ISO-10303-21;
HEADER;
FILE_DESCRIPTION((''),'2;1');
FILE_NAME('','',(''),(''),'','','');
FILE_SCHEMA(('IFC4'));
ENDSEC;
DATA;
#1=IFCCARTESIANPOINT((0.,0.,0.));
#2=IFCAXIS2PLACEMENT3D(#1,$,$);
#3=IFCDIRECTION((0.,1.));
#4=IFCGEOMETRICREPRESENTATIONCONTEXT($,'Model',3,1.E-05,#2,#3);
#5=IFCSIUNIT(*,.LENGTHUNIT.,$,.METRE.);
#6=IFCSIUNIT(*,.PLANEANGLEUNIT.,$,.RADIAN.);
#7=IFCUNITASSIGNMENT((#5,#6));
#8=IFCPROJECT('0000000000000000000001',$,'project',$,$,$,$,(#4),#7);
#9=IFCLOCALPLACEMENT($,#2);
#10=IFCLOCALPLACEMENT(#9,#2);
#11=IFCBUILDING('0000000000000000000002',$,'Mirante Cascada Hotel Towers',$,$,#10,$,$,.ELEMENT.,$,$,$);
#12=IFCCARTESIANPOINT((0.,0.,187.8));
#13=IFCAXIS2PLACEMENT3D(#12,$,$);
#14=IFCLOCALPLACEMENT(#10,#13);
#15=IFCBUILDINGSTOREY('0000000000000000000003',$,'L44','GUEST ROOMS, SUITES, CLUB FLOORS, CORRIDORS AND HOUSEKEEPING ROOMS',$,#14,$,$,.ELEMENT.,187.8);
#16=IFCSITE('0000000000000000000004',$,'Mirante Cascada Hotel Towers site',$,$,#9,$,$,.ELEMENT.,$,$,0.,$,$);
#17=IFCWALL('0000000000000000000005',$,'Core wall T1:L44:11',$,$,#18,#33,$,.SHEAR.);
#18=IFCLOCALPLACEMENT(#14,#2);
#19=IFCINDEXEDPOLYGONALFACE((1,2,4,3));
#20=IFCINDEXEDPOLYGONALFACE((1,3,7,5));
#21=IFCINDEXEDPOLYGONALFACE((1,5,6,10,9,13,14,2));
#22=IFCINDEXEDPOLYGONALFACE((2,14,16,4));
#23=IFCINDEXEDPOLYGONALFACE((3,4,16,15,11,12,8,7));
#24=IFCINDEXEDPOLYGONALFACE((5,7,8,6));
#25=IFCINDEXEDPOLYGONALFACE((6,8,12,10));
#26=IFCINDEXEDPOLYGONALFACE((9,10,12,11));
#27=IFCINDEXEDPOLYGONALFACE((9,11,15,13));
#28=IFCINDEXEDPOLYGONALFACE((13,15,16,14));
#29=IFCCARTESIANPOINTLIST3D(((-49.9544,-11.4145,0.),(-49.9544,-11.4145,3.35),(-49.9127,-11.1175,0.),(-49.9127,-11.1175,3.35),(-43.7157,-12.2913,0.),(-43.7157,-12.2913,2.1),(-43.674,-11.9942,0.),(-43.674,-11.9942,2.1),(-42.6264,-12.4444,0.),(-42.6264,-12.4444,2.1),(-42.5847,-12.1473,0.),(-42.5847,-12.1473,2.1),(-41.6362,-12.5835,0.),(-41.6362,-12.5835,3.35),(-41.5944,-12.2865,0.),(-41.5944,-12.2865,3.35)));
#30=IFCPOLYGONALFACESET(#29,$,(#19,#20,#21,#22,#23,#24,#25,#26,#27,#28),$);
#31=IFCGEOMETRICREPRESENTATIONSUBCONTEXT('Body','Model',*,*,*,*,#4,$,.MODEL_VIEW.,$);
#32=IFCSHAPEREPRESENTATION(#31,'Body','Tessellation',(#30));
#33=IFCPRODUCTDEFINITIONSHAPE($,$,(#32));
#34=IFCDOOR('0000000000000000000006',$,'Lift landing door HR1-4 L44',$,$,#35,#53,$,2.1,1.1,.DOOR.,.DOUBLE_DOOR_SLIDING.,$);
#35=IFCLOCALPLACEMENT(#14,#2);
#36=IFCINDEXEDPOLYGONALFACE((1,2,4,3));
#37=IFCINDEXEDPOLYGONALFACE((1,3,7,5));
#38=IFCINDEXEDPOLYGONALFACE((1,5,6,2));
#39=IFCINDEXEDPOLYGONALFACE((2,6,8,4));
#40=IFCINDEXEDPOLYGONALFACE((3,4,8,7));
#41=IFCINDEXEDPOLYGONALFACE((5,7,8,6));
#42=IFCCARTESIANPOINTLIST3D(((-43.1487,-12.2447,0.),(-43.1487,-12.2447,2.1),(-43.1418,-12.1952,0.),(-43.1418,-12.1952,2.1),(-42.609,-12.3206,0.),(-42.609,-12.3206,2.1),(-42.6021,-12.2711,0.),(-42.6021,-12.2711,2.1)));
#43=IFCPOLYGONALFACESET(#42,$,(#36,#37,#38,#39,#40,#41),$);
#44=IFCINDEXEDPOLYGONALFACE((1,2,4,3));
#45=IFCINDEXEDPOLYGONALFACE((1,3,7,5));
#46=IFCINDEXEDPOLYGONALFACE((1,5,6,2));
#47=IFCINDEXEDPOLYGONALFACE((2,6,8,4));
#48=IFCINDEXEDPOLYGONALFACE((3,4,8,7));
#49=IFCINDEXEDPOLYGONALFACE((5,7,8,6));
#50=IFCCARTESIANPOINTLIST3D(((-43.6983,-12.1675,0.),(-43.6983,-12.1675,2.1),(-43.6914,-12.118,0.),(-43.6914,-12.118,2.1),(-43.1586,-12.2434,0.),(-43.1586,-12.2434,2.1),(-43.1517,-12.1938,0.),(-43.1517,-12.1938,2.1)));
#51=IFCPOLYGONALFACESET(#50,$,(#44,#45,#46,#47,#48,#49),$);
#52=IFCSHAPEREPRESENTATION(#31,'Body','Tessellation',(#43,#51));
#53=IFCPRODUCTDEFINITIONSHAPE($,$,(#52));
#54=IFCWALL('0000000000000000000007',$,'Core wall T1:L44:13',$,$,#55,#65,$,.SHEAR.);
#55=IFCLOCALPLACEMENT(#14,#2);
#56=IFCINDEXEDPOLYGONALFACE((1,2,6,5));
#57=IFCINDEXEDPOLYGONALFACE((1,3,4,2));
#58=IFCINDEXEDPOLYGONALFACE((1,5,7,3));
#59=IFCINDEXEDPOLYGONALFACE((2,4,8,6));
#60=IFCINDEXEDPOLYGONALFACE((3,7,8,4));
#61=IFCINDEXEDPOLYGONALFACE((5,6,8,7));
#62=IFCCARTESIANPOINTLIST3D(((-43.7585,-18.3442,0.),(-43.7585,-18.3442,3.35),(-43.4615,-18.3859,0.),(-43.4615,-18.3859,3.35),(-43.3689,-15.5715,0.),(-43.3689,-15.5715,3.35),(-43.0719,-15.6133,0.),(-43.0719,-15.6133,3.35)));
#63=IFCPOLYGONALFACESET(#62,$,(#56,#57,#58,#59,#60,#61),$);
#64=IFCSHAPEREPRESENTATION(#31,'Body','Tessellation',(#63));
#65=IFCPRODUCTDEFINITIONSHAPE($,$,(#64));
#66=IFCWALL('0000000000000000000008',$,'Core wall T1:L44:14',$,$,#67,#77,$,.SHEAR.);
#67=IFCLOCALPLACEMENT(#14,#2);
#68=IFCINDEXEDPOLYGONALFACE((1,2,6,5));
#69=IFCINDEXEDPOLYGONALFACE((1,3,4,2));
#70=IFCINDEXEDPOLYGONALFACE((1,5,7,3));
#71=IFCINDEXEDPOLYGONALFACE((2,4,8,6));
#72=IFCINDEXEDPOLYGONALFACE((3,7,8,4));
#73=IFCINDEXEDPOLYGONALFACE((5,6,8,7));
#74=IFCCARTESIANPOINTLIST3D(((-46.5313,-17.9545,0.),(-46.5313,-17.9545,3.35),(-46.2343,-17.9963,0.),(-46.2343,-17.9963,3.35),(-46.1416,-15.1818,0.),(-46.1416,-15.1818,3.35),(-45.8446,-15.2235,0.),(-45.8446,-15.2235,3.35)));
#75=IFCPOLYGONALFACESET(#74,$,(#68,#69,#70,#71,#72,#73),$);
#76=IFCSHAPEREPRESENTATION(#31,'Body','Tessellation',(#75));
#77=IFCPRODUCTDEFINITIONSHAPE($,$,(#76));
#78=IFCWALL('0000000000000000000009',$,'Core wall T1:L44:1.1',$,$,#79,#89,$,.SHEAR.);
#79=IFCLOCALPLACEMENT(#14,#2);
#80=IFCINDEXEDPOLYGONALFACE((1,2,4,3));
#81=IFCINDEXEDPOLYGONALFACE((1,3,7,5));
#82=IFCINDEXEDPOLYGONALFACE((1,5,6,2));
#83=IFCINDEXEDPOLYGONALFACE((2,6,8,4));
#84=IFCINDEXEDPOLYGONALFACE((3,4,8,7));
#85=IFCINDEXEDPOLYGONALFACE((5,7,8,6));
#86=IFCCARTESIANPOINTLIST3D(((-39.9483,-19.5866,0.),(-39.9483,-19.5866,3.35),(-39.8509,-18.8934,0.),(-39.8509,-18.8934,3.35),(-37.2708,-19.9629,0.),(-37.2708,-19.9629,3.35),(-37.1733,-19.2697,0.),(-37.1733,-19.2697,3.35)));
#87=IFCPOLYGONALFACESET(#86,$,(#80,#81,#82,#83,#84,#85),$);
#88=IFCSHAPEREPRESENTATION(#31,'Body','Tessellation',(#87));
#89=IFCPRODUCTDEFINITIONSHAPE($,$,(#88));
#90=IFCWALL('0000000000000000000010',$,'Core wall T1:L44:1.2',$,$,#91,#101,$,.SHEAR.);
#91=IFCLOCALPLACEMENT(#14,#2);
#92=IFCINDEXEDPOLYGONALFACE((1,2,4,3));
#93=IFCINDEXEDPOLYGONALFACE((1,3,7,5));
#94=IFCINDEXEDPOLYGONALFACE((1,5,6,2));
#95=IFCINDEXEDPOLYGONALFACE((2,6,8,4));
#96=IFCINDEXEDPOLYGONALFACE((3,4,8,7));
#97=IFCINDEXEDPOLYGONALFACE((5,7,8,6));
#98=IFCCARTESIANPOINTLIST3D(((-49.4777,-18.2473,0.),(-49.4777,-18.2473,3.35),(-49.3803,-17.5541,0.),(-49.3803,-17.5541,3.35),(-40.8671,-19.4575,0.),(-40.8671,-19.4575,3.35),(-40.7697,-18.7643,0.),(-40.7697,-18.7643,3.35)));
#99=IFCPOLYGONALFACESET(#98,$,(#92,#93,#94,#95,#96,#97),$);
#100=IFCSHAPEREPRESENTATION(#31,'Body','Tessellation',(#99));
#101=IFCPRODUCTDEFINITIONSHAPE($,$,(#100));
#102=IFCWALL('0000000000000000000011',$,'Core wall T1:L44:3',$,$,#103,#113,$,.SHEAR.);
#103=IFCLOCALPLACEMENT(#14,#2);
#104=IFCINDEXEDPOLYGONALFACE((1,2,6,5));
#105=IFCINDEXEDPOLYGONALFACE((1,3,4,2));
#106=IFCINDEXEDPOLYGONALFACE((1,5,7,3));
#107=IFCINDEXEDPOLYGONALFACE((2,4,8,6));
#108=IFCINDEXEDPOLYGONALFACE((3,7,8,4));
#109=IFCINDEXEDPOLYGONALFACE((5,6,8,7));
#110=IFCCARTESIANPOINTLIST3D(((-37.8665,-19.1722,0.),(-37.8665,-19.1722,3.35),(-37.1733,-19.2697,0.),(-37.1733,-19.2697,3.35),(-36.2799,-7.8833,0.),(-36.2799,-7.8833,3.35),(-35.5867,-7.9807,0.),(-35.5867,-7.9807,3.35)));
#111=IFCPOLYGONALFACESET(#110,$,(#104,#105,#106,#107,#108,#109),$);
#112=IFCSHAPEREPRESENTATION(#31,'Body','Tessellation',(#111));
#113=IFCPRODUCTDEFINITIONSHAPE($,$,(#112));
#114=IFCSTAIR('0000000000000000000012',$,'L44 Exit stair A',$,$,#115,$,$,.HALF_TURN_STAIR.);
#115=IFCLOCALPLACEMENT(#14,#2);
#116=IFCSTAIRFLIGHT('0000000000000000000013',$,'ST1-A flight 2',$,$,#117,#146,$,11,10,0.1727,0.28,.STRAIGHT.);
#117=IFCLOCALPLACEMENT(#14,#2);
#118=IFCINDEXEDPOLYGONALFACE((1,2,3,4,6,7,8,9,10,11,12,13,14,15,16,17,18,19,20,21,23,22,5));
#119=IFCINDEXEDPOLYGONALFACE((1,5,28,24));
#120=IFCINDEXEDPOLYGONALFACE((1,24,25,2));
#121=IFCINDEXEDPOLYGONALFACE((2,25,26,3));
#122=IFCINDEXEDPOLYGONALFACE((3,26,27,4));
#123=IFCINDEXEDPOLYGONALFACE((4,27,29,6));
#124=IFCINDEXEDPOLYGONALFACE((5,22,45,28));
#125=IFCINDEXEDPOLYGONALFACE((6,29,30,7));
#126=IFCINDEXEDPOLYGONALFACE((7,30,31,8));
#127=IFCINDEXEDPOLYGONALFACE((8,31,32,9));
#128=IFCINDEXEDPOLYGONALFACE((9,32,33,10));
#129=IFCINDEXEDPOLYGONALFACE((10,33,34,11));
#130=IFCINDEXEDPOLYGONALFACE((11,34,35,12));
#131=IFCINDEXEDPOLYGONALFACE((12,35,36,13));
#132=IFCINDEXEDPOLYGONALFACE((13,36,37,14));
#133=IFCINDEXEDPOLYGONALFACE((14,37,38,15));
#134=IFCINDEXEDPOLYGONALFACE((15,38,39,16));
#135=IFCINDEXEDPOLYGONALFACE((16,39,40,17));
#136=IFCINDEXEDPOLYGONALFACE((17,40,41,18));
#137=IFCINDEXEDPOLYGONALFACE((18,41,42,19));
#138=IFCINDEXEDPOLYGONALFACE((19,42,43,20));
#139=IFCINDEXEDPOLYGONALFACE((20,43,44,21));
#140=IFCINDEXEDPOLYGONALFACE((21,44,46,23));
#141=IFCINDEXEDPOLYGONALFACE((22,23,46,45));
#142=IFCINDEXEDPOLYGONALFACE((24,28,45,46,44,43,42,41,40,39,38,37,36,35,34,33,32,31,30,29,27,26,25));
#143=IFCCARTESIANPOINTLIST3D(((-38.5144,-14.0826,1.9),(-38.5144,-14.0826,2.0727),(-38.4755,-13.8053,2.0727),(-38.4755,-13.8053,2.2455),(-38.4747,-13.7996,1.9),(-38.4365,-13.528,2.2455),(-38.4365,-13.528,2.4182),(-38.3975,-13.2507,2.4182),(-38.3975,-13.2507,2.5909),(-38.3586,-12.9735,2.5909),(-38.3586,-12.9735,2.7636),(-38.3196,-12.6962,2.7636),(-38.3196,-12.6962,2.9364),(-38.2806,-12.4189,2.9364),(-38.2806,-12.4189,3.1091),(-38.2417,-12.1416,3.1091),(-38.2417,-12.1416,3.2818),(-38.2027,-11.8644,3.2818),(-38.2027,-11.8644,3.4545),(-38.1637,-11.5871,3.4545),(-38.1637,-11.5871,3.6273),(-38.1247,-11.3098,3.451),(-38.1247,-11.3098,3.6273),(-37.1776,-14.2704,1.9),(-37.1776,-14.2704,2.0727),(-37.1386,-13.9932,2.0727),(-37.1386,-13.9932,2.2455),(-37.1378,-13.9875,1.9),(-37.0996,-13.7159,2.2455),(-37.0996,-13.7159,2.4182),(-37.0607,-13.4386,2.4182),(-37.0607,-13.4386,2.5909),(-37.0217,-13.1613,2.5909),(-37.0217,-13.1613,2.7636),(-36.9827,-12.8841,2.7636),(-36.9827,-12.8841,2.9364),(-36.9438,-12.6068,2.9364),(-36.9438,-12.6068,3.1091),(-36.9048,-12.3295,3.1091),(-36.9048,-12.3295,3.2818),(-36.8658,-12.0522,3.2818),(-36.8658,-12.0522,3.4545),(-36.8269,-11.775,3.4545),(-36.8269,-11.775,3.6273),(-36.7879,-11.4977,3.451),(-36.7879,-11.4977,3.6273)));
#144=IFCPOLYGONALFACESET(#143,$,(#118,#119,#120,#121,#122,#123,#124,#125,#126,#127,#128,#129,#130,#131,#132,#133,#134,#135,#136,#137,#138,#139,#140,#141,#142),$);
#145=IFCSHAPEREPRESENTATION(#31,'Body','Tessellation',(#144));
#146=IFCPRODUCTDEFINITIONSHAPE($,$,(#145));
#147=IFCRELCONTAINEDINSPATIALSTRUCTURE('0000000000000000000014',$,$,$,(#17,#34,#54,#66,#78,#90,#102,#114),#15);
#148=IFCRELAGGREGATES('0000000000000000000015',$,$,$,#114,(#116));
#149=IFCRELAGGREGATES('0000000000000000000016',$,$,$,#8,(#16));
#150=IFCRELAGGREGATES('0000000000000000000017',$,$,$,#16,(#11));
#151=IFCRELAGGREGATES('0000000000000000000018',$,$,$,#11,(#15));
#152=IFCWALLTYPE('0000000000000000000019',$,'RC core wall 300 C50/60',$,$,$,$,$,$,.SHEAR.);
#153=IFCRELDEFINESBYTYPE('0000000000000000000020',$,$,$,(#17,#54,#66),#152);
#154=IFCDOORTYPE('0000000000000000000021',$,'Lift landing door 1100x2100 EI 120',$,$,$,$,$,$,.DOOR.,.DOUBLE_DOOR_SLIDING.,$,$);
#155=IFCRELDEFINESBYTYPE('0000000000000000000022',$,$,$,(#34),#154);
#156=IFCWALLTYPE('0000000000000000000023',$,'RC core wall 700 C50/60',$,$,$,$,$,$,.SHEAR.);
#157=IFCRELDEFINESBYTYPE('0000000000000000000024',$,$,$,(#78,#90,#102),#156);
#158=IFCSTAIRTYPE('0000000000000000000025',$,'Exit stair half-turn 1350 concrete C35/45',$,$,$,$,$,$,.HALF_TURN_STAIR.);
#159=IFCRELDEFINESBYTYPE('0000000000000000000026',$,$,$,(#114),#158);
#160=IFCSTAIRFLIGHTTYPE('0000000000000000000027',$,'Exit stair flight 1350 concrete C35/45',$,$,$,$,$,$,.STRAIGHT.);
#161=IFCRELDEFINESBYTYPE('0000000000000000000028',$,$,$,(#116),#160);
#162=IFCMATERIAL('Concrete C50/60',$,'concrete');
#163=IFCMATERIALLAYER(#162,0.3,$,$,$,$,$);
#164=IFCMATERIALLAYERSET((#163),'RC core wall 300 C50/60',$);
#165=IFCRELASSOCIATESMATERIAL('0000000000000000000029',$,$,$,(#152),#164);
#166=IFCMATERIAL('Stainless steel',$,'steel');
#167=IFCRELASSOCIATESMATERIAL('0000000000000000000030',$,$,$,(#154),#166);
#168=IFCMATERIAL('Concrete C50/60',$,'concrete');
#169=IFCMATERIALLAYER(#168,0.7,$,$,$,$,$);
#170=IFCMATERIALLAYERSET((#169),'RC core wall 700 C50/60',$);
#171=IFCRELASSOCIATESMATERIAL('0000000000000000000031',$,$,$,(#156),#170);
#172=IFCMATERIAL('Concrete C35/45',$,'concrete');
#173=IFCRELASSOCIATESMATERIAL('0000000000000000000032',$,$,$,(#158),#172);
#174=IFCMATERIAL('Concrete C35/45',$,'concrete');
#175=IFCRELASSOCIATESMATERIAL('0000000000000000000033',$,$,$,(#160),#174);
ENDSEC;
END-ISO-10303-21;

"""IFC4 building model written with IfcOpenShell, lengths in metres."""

from ifc_helpers import new_model, si_unit, direction, frame, frame_2d, origin, place, context, subcontext, project, spatial, polyline, rectangle, outline, extrude, material, layer, layer_set, type_object, element, fill, aggregate, save


model = new_model("IFC4")

# Units and contexts
model_context = context("Model", 3, precision=1e-05, world=origin(), true_north=direction((0.0, 1.0)))
body_context = subcontext(model_context, "Body", "Model", "MODEL_VIEW")
ifc_project = project(units=[si_unit("LENGTHUNIT", "METRE"), si_unit("PLANEANGLEUNIT", "RADIAN")], contexts=[model_context])

# Site, building, storey
site_placement = place(None, origin())
site = spatial("IfcSite", under=ifc_project, at=site_placement, Name="Mirante Cascada Hotel Towers site", CompositionType="ELEMENT", RefElevation=0.0)
building_placement = place(site_placement, origin())
building = spatial("IfcBuilding", under=site, at=building_placement, Name="Mirante Cascada Hotel Towers", CompositionType="ELEMENT")
storey_placement = place(building_placement, frame((0.0, 0.0, 187.8)))
storey = spatial("IfcBuildingStorey", under=building, at=storey_placement, Name="L44", Description="GUEST ROOMS, SUITES, CLUB FLOORS, CORRIDORS AND HOUSEKEEPING ROOMS", CompositionType="ELEMENT", Elevation=187.8)

# Shared definitions
ifc_material_1 = material(Name="Concrete C50/60", Category="concrete")
ifc_layer_1 = layer(ifc_material_1, 0.3)
ifc_layer_set_1 = layer_set([ifc_layer_1], Name="RC core wall 300 C50/60")
wall_type_1 = type_object("IfcWallType", Name="RC core wall 300 C50/60", PredefinedType="SHEAR", material=ifc_layer_set_1)

# Shared definitions
ifc_material_2 = material(Name="Stainless steel", Category="steel")
door_type_1 = type_object("IfcDoorType", Name="Lift landing door 1100x2100 EI 120", OperationType="DOUBLE_DOOR_SLIDING", PredefinedType="DOOR", material=ifc_material_2)

# Wall, opening, door
wall_1_placement = place(storey_placement, frame((-41.6153, -12.435, 0.0), z_axis=(0.0, 0.0, 1.0), x_axis=(-0.990269, 0.139166, 0.0)))
wall_1 = element("IfcWall", 1, at=wall_1_placement, inside=storey, type_object=wall_type_1, Name="Core wall T1:L44:11", PredefinedType="SHEAR", context=body_context, shape_type="SweptSolid", body=[
    extrude(rectangle(XDim=8.4, YDim=0.3, at=frame_2d((4.2, 0.0))), origin(), (0.0, 0.0, 1.0), 3.35),
])
opening_1_placement = place(wall_1_placement, frame((1.0, 0.0, 0.0)))
opening_1 = element("IfcOpeningElement", 2, at=opening_1_placement, cuts=wall_1, PredefinedType="OPENING", context=body_context, shape_type="SweptSolid", body=[
    extrude(rectangle(XDim=1.1, YDim=2.1, at=frame_2d((0.55, 1.05))), frame((0.0, 0.15, 0.0), z_axis=(0.0, -1.0, 0.0), x_axis=(1.0, 0.0, 0.0)), (0.0, 0.0, 1.0), 0.3),
])
door_1_placement = place(opening_1_placement, origin())
door_1 = element("IfcDoor", 3, at=door_1_placement, inside=storey, type_object=door_type_1, Name="Lift landing door HR1-4 L44", OperationType="DOUBLE_DOOR_SLIDING", OverallHeight=2.1, OverallWidth=1.1, PredefinedType="DOOR", context=body_context, shape_type="SweptSolid", body=[
    extrude(rectangle(XDim=0.545, YDim=2.1, at=frame_2d((0.2725, 1.05))), frame((0.0, 0.025, 0.0), z_axis=(0.0, -1.0, 0.0), x_axis=(1.0, 0.0, 0.0)), (0.0, 0.0, 1.0), 0.05),
    extrude(rectangle(XDim=0.545, YDim=2.1, at=frame_2d((0.8275, 1.05))), frame((0.0, 0.025, 0.0), z_axis=(0.0, -1.0, 0.0), x_axis=(1.0, 0.0, 0.0)), (0.0, 0.0, 1.0), 0.05),
])
fill(opening_1, door_1)

# Walls
wall_2_placement = place(storey_placement, frame((-43.61, -18.3651, 0.0), z_axis=(0.0, 0.0, 1.0), x_axis=(0.139146, 0.990272, 0.0)))
element("IfcWall", 4, at=wall_2_placement, inside=storey, type_object=wall_type_1, Name="Core wall T1:L44:13", PredefinedType="SHEAR", context=body_context, shape_type="SweptSolid", body=[
    extrude(rectangle(XDim=2.7999, YDim=0.3, at=frame_2d((1.4, 0.0))), origin(), (0.0, 0.0, 1.0), 3.35),
])
wall_3_placement = place(storey_placement, frame((-46.3828, -17.9754, 0.0), z_axis=(0.0, 0.0, 1.0), x_axis=(0.139181, 0.990267, 0.0)))
element("IfcWall", 5, at=wall_3_placement, inside=storey, type_object=wall_type_1, Name="Core wall T1:L44:14", PredefinedType="SHEAR", context=body_context, shape_type="SweptSolid", body=[
    extrude(rectangle(XDim=2.8, YDim=0.3, at=frame_2d((1.4, 0.0))), origin(), (0.0, 0.0, 1.0), 3.35),
])
ifc_material_3 = material(Name="Concrete C50/60", Category="concrete")
ifc_layer_2 = layer(ifc_material_3, 0.7)
ifc_layer_set_2 = layer_set([ifc_layer_2], Name="RC core wall 700 C50/60")
wall_type_2 = type_object("IfcWallType", Name="RC core wall 700 C50/60", PredefinedType="SHEAR", material=ifc_layer_set_2)
wall_4_placement = place(storey_placement, frame((-37.222, -19.6163, 0.0), z_axis=(0.0, 0.0, 1.0), x_axis=(-0.990269, 0.139169, 0.0)))
element("IfcWall", 6, at=wall_4_placement, inside=storey, type_object=wall_type_2, Name="Core wall T1:L44:1.1", PredefinedType="SHEAR", context=body_context, shape_type="SweptSolid", body=[
    extrude(rectangle(XDim=2.7039, YDim=0.7, at=frame_2d((1.352, 0.0))), origin(), (0.0, 0.0, 1.0), 3.35),
])
wall_5_placement = place(storey_placement, frame((-40.8184, -19.1109, 0.0), z_axis=(0.0, 0.0, 1.0), x_axis=(-0.990267, 0.13918, 0.0)))
element("IfcWall", 7, at=wall_5_placement, inside=storey, type_object=wall_type_2, Name="Core wall T1:L44:1.2", PredefinedType="SHEAR", context=body_context, shape_type="SweptSolid", body=[
    extrude(rectangle(XDim=8.6952, YDim=0.7, at=frame_2d((4.3476, 0.0))), origin(), (0.0, 0.0, 1.0), 3.35),
])
wall_6_placement = place(storey_placement, frame((-37.5199, -19.221, 0.0), z_axis=(0.0, 0.0, 1.0), x_axis=(0.139176, 0.990268, 0.0)))
element("IfcWall", 8, at=wall_6_placement, inside=storey, type_object=wall_type_2, Name="Core wall T1:L44:3", PredefinedType="SHEAR", context=body_context, shape_type="SweptSolid", body=[
    extrude(rectangle(XDim=11.3999, YDim=0.7, at=frame_2d((5.7, 0.0))), origin(), (0.0, 0.0, 1.0), 3.35),
])

# Stair, stair flight
ifc_material_4 = material(Name="Concrete C35/45", Category="concrete")
stair_type = type_object("IfcStairType", Name="Exit stair half-turn 1350 concrete C35/45", PredefinedType="HALF_TURN_STAIR", material=ifc_material_4)
stair_placement = place(storey_placement, origin())
stair = element("IfcStair", 9, at=stair_placement, inside=storey, type_object=stair_type, Name="L44 Exit stair A", PredefinedType="HALF_TURN_STAIR")
ifc_material_5 = material(Name="Concrete C35/45", Category="concrete")
stair_flight_type = type_object("IfcStairFlightType", Name="Exit stair flight 1350 concrete C35/45", PredefinedType="STRAIGHT", material=ifc_material_5)
stair_flight_placement = place(storey_placement, frame((-37.846, -14.1765, 1.9), z_axis=(0.0, 0.0, 1.0), x_axis=(0.139173, 0.990268, 0.0)))
stair_flight = element("IfcStairFlight", 10, at=stair_flight_placement, type_object=stair_flight_type, Name="ST1-A flight 2", NumberOfRisers=11, NumberOfTreads=10, PredefinedType="STRAIGHT", RiserHeight=0.1727, TreadLength=0.28, context=body_context, shape_type="SweptSolid", body=[
    extrude(outline(polyline([(0.0, 0.0), (0.0, 0.1727), (0.28, 0.1727), (0.28, 0.3455), (0.56, 0.3455), (0.56, 0.5182), (0.84, 0.5182), (0.84, 0.6909), (1.12, 0.6909), (1.12, 0.8636), (1.4, 0.8636), (1.4, 1.0364), (1.68, 1.0364), (1.68, 1.2091), (1.96, 1.2091), (1.96, 1.3818), (2.24, 1.3818), (2.24, 1.5545), (2.52, 1.5545), (2.52, 1.7273), (2.8, 1.7273), (2.8, 1.9), (2.8, 1.551), (0.2857, 0.0), (0.0, 0.0)])), frame((0.0, 0.675, 0.0), z_axis=(0.0, -1.0, 0.0), x_axis=(1.0, 0.0, 0.0)), (0.0, 0.0, 1.0), 1.35),
])
aggregate(stair, [stair_flight])

save(model, "model.ifc")
